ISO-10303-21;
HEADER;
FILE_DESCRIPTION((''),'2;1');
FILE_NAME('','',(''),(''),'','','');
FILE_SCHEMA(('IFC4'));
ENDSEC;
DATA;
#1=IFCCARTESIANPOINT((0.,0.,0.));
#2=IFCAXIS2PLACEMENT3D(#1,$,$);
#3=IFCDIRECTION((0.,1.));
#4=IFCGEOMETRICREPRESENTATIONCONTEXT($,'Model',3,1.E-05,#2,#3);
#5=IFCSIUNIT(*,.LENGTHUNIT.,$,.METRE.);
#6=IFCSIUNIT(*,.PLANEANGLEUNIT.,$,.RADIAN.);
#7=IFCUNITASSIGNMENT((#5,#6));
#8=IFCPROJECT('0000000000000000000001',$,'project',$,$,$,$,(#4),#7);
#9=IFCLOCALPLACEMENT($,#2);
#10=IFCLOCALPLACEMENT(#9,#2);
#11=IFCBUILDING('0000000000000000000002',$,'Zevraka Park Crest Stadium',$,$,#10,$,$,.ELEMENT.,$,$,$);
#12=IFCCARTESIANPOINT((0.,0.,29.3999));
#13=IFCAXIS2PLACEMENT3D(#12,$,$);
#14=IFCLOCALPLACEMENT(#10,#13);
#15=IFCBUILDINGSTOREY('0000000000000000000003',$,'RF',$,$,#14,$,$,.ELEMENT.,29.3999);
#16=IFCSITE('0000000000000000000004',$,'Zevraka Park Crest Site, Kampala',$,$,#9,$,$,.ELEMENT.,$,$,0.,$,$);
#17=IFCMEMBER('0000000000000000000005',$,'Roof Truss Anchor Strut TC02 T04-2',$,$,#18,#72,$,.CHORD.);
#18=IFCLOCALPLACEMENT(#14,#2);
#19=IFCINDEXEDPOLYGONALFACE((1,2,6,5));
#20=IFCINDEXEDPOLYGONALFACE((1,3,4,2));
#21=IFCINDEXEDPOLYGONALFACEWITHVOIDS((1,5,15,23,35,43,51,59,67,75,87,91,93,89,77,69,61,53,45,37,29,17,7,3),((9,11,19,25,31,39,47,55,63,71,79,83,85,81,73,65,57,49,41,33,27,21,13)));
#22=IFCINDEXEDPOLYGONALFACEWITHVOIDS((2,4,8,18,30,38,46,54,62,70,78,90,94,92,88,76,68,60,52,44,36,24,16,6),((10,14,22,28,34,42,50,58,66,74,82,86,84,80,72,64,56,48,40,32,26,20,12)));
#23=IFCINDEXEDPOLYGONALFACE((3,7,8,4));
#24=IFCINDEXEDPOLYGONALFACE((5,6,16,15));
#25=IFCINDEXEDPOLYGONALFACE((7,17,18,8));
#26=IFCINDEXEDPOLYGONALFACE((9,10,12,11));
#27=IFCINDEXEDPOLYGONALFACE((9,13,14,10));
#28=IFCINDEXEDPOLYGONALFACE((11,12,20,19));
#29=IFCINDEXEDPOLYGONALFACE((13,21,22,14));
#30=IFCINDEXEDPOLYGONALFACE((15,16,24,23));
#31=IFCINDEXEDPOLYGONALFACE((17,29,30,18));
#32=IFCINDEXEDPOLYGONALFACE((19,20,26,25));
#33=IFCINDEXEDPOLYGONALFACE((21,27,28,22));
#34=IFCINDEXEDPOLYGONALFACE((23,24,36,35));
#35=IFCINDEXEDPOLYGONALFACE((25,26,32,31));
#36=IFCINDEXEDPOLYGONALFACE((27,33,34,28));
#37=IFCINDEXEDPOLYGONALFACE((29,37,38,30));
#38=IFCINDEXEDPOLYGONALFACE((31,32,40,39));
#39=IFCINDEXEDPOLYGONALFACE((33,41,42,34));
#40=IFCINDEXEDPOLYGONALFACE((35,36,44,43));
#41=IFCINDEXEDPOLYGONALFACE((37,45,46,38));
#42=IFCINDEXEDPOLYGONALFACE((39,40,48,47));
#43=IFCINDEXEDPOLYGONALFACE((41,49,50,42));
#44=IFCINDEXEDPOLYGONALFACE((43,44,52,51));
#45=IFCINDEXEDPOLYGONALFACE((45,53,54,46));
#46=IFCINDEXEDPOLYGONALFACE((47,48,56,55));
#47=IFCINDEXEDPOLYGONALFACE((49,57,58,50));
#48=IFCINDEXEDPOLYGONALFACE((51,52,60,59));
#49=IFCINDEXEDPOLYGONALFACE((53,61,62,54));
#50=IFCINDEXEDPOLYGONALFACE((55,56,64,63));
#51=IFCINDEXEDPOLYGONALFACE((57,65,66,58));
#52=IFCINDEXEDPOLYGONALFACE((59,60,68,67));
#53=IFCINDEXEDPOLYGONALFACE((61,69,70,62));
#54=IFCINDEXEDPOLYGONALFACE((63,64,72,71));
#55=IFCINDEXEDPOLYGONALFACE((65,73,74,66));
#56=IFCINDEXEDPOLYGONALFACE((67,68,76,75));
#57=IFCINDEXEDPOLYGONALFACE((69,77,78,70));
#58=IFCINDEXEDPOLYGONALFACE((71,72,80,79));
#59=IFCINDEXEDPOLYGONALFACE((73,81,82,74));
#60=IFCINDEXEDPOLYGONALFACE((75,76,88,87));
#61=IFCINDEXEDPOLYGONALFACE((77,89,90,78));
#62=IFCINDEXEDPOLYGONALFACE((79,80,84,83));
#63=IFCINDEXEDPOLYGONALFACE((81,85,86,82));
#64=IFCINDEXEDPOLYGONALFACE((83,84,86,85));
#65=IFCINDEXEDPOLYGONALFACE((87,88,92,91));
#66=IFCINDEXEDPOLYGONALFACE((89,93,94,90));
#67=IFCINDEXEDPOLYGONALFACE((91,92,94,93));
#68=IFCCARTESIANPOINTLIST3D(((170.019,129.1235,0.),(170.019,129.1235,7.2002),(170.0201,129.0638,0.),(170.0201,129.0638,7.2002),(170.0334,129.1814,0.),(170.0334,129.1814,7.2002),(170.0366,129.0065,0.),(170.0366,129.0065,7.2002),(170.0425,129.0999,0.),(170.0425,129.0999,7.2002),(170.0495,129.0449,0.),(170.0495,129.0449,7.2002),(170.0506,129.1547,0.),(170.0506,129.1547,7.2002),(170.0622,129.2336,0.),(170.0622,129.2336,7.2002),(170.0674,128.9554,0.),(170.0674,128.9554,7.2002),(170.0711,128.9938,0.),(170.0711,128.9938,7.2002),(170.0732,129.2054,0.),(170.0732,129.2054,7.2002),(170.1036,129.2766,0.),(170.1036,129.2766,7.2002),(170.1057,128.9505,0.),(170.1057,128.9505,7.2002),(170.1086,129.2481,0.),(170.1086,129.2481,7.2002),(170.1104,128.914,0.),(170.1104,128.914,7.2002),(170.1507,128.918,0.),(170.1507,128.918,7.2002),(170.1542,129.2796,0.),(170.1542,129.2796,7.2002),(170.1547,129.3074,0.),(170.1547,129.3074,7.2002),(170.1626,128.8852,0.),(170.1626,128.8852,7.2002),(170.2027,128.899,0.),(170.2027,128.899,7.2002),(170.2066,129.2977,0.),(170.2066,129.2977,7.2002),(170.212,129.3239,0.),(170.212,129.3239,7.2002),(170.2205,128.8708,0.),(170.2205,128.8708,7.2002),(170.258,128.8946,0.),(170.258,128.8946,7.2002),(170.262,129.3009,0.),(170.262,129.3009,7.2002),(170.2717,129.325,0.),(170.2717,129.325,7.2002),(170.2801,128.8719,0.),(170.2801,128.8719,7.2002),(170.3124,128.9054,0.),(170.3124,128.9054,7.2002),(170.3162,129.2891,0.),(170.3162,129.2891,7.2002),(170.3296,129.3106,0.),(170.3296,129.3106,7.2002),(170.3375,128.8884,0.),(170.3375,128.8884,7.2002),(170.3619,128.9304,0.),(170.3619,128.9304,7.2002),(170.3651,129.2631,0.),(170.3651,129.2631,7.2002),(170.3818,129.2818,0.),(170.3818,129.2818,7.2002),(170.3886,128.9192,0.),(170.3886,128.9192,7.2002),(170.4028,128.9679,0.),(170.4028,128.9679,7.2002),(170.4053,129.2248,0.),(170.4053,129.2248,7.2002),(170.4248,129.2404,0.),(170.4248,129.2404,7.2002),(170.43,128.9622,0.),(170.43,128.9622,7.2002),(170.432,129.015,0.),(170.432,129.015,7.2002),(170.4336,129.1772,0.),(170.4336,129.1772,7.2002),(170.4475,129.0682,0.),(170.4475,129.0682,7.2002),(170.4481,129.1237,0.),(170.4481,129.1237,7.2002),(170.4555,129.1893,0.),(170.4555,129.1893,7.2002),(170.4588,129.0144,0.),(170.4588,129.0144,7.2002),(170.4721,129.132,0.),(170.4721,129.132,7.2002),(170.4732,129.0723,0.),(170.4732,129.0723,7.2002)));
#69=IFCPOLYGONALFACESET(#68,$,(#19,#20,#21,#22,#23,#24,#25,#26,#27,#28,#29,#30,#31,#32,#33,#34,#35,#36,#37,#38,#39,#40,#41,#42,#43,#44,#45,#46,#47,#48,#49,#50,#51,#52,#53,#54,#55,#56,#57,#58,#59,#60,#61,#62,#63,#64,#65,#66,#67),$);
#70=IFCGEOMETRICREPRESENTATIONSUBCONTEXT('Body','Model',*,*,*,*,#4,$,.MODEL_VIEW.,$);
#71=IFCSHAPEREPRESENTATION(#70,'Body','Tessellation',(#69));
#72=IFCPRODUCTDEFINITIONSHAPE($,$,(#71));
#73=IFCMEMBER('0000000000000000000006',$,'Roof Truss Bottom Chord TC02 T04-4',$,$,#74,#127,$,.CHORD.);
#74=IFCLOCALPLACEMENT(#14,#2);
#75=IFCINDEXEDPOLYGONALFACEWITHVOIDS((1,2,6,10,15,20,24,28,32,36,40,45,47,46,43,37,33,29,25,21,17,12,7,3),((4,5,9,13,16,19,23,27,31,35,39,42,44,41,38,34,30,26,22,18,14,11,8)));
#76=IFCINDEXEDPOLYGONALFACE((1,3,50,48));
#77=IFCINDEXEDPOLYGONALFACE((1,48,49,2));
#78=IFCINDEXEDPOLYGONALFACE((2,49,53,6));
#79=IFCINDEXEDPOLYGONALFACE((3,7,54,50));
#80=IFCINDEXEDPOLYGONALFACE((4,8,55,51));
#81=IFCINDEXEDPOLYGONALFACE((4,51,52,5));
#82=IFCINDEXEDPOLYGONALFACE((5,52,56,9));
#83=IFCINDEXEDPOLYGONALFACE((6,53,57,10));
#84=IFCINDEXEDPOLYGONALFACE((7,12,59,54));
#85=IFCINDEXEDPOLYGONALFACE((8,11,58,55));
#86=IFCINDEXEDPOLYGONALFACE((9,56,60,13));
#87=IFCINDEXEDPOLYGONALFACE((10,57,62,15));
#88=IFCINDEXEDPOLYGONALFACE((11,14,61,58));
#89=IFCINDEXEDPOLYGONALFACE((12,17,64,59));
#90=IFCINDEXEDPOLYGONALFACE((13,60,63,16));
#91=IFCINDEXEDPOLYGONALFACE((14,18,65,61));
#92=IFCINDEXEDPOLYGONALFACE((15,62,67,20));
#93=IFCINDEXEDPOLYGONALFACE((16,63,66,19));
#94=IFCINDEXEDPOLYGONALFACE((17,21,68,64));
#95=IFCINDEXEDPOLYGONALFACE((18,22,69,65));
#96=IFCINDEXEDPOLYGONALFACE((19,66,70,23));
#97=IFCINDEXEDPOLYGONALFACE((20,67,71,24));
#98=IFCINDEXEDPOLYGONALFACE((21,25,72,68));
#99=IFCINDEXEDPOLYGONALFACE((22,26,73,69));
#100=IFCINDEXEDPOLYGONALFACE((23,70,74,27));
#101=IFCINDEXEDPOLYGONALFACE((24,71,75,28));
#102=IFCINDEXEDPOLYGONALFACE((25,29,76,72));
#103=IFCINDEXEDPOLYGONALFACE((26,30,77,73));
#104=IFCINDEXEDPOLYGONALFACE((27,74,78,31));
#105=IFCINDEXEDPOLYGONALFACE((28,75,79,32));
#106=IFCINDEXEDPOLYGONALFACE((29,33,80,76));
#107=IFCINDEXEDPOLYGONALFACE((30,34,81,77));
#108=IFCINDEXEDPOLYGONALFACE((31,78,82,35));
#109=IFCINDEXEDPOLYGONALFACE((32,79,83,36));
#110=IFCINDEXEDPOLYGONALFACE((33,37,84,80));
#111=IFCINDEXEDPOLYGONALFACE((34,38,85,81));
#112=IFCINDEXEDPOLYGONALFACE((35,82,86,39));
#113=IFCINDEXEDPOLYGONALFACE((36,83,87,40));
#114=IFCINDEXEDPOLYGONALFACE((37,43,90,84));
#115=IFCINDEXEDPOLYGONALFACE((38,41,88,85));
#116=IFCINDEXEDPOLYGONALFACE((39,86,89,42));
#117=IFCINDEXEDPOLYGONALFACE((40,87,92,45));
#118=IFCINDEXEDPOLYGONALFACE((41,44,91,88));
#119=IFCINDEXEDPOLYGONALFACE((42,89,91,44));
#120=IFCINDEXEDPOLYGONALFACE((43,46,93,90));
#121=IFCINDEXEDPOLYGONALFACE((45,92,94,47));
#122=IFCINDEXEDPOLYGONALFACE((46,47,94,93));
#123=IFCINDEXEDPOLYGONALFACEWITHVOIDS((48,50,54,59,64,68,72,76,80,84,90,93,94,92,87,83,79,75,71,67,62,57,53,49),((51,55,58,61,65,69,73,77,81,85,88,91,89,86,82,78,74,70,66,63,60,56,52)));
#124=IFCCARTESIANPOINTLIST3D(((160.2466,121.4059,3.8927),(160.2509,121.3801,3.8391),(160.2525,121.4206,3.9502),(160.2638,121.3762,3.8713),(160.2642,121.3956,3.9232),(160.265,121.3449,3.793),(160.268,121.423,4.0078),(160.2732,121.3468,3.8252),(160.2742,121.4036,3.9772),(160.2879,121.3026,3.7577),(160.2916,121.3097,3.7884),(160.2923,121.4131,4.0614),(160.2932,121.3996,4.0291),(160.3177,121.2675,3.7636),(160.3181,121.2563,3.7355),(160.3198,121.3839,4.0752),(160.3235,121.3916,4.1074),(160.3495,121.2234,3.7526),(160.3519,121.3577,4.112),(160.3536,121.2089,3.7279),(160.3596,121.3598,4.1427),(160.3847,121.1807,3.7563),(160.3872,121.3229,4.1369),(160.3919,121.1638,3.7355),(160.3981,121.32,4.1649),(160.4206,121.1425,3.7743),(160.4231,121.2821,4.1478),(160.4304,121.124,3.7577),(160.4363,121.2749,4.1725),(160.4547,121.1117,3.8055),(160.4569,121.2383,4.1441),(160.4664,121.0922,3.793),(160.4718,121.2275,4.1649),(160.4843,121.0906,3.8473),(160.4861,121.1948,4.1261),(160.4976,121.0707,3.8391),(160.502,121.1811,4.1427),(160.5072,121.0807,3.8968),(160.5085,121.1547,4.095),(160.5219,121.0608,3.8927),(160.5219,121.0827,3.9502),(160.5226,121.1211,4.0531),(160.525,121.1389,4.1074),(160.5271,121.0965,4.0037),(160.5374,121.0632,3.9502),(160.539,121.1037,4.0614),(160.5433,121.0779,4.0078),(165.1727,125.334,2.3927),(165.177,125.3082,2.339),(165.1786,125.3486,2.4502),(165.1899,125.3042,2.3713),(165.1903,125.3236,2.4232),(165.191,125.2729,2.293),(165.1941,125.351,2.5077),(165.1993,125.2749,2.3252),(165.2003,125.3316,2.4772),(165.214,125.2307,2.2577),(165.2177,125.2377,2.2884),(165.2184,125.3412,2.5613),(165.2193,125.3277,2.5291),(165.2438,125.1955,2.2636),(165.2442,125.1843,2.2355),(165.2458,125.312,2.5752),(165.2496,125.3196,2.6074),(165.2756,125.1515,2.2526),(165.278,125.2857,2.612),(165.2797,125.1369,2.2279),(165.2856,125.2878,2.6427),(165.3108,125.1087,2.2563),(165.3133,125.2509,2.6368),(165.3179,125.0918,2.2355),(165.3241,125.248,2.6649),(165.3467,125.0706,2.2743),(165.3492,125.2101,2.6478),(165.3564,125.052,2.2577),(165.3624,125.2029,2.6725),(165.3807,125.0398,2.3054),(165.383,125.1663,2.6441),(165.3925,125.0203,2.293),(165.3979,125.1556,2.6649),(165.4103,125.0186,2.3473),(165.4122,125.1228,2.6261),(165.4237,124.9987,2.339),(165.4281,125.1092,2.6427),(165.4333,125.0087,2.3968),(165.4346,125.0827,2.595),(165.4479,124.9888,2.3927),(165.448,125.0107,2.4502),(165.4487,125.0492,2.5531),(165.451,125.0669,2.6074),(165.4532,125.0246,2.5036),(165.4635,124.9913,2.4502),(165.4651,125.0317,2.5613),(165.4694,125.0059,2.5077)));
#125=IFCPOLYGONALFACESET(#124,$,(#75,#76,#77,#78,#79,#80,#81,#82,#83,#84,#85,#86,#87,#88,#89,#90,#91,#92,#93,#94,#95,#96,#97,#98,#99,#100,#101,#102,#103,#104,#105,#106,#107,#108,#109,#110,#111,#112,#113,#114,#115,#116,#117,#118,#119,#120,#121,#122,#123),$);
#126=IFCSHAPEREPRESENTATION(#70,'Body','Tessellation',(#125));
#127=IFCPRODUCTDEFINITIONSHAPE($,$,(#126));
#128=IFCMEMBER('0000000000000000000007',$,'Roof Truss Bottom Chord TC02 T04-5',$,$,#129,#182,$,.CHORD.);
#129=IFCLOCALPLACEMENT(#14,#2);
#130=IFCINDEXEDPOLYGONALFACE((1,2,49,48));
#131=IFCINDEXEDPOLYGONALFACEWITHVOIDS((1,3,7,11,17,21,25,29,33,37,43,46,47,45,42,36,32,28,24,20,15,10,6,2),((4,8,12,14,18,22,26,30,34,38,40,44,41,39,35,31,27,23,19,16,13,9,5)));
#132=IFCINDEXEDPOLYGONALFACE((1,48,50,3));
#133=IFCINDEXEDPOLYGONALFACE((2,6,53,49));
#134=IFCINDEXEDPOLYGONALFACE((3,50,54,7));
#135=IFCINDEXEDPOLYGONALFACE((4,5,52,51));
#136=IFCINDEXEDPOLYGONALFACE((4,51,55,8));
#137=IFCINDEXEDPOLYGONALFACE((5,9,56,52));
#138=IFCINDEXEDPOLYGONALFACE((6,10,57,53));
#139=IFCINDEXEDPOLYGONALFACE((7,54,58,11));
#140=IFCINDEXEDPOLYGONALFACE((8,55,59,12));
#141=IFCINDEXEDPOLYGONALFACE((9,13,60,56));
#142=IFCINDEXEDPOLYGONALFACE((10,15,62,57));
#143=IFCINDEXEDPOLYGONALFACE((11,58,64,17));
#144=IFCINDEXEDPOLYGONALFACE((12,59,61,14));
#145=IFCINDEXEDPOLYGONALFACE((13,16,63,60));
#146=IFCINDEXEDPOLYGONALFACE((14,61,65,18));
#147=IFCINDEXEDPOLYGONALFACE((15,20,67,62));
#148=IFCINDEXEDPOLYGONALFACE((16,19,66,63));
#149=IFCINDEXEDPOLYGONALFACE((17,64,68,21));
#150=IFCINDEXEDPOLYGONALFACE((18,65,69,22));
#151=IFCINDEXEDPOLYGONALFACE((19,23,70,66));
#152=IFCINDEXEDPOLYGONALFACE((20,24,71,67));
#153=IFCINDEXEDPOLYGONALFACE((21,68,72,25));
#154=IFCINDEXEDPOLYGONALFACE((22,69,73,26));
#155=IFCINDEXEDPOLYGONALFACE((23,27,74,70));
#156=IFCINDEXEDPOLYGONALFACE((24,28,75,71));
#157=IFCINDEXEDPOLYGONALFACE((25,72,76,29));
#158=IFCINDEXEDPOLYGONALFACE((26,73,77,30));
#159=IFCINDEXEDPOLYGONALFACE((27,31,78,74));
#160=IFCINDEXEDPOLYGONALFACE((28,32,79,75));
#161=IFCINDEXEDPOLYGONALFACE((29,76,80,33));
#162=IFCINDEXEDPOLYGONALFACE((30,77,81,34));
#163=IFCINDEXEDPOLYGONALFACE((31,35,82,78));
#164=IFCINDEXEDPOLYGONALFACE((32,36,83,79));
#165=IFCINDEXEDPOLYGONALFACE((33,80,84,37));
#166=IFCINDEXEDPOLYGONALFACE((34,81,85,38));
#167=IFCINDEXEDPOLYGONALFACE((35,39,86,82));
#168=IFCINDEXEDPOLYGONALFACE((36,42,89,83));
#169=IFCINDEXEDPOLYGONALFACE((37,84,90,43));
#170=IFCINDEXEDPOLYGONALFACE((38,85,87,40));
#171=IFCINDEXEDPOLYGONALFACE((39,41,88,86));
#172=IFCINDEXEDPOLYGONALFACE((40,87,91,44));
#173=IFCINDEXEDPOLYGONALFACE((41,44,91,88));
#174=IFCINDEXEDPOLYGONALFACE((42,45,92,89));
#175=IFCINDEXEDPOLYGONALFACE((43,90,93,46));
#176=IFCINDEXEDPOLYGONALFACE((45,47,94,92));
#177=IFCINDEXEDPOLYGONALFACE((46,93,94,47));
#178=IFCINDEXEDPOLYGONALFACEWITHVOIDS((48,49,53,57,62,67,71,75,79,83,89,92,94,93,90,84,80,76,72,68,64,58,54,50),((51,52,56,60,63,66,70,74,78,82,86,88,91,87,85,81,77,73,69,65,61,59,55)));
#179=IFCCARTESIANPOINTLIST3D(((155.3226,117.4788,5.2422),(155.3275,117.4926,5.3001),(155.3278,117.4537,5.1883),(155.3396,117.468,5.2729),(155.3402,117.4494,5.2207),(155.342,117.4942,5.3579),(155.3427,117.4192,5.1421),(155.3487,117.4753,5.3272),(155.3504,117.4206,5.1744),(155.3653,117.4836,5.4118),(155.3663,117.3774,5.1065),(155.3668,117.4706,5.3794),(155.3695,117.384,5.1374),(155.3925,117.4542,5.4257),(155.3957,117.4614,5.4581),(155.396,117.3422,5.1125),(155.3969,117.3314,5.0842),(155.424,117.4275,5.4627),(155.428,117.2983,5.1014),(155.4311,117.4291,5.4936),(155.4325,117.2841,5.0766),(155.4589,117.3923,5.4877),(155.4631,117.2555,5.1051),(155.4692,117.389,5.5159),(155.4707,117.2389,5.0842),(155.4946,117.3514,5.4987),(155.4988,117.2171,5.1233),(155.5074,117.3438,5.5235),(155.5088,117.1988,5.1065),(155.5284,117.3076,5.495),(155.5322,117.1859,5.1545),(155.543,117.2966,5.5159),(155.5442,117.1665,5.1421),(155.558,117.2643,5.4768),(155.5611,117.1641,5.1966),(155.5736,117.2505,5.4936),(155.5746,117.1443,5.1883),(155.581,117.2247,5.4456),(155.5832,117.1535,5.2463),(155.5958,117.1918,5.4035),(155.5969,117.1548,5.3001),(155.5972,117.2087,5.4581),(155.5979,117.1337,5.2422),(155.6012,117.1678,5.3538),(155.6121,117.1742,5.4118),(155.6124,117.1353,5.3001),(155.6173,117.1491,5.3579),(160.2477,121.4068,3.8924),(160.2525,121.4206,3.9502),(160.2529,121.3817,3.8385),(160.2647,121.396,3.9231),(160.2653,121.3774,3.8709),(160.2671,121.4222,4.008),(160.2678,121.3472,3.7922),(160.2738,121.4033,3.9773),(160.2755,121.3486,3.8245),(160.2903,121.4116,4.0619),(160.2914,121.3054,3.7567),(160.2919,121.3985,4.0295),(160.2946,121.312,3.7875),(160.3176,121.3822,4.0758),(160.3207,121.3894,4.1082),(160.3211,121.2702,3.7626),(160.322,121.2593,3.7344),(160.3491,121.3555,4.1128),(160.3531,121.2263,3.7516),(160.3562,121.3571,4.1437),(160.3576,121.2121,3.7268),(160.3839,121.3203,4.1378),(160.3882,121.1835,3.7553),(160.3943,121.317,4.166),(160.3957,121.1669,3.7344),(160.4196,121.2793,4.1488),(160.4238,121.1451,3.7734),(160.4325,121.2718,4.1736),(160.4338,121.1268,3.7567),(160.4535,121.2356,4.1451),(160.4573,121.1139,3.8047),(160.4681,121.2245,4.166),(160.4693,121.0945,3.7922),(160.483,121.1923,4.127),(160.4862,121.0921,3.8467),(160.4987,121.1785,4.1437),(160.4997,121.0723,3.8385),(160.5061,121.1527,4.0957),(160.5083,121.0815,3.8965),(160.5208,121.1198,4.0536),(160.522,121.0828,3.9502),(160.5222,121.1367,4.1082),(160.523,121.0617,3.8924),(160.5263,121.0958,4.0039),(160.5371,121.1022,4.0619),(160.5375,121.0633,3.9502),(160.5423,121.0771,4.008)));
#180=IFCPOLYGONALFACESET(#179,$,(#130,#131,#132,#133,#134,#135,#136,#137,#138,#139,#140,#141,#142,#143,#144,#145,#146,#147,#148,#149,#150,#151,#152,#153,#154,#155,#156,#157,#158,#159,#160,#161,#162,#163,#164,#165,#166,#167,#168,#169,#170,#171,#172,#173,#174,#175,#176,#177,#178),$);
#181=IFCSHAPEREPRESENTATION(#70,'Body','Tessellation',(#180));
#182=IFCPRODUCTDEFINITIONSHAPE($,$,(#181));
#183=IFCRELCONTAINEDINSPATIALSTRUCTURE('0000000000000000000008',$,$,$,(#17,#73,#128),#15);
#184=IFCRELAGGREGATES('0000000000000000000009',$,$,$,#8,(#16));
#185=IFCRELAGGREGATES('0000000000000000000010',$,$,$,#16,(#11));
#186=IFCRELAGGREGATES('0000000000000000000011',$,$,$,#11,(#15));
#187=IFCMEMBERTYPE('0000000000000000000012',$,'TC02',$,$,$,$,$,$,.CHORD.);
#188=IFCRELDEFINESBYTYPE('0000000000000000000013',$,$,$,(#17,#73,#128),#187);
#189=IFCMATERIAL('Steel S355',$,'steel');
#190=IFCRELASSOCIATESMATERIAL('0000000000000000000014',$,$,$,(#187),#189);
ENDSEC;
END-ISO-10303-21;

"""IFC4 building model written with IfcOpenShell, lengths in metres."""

from ifc_helpers import new_model, si_unit, direction, frame, origin, origin_2d, place, context, subcontext, project, spatial, hollow_circle, extrude, material, material_profile, profile_set, type_object, element, save


model = new_model("IFC4")

# Units and contexts
model_context = context("Model", 3, precision=1e-05, world=origin(), true_north=direction((0.0, 1.0)))
body_context = subcontext(model_context, "Body", "Model", "MODEL_VIEW")
ifc_project = project(units=[si_unit("LENGTHUNIT", "METRE"), si_unit("PLANEANGLEUNIT", "RADIAN")], contexts=[model_context])

# Site, building, storey
site_placement = place(None, origin())
site = spatial("IfcSite", under=ifc_project, at=site_placement, Name="Zevraka Park Crest Site, Kampala", CompositionType="ELEMENT", RefElevation=0.0)
building_placement = place(site_placement, origin())
building = spatial("IfcBuilding", under=site, at=building_placement, Name="Zevraka Park Crest Stadium", CompositionType="ELEMENT")
storey_placement = place(building_placement, frame((0.0, 0.0, 29.3999)))
storey = spatial("IfcBuildingStorey", under=building, at=storey_placement, Name="RF", CompositionType="ELEMENT", Elevation=29.3999)

# Members
ifc_material_1 = material(Name="Steel S355", Category="steel")
ifc_material_profile_1 = material_profile(ifc_material_1, hollow_circle(Radius=0.2285, WallThickness=0.0249, at=origin_2d()), Name="CHS 457.0x25")
ifc_profile_set_1 = profile_set([ifc_material_profile_1], Name="Steel S355")
member_type_1 = type_object("IfcMemberType", Name="TC02", PredefinedType="CHORD", material=ifc_profile_set_1)
member_1_placement = place(storey_placement, frame((170.2461, 129.0979, 0.0), z_axis=(0.0, 0.0, 1.0), x_axis=(0.781847, 0.62347, 0.0)))
element("IfcMember", 1, at=member_1_placement, inside=storey, type_object=member_type_1, Name="Roof Truss Anchor Strut TC02 T04-2", PredefinedType="CHORD", context=body_context, shape_type="SweptSolid", body=[
    extrude(hollow_circle(Radius=0.2285, WallThickness=0.0249, at=origin_2d()), origin(), (0.0, 0.0, 1.0), 7.2002),
])
member_2_placement = place(storey_placement, frame((165.321, 125.1699, 2.4502), z_axis=(-0.760603, -0.606499, 0.231607), x_axis=(0.623451, -0.781862, 0.0)))
element("IfcMember", 2, at=member_2_placement, inside=storey, type_object=member_type_1, Name="Roof Truss Bottom Chord TC02 T04-4", PredefinedType="CHORD", context=body_context, shape_type="SweptSolid", body=[
    extrude(hollow_circle(Radius=0.2285, WallThickness=0.0249, at=origin_2d()), origin(), (0.0, 0.0, 1.0), 6.4766),
])
member_3_placement = place(storey_placement, frame((160.395, 121.2419, 3.9502), z_axis=(-0.764449, -0.609687, 0.20952), x_axis=(0.623527, -0.781802, 0.0)))
element("IfcMember", 3, at=member_3_placement, inside=storey, type_object=member_type_1, Name="Roof Truss Bottom Chord TC02 T04-5", PredefinedType="CHORD", context=body_context, shape_type="SweptSolid", body=[
    extrude(hollow_circle(Radius=0.2285, WallThickness=0.0249, at=origin_2d()), origin(), (0.0, 0.0, 1.0), 6.4426),
])

save(model, "model.ifc")
